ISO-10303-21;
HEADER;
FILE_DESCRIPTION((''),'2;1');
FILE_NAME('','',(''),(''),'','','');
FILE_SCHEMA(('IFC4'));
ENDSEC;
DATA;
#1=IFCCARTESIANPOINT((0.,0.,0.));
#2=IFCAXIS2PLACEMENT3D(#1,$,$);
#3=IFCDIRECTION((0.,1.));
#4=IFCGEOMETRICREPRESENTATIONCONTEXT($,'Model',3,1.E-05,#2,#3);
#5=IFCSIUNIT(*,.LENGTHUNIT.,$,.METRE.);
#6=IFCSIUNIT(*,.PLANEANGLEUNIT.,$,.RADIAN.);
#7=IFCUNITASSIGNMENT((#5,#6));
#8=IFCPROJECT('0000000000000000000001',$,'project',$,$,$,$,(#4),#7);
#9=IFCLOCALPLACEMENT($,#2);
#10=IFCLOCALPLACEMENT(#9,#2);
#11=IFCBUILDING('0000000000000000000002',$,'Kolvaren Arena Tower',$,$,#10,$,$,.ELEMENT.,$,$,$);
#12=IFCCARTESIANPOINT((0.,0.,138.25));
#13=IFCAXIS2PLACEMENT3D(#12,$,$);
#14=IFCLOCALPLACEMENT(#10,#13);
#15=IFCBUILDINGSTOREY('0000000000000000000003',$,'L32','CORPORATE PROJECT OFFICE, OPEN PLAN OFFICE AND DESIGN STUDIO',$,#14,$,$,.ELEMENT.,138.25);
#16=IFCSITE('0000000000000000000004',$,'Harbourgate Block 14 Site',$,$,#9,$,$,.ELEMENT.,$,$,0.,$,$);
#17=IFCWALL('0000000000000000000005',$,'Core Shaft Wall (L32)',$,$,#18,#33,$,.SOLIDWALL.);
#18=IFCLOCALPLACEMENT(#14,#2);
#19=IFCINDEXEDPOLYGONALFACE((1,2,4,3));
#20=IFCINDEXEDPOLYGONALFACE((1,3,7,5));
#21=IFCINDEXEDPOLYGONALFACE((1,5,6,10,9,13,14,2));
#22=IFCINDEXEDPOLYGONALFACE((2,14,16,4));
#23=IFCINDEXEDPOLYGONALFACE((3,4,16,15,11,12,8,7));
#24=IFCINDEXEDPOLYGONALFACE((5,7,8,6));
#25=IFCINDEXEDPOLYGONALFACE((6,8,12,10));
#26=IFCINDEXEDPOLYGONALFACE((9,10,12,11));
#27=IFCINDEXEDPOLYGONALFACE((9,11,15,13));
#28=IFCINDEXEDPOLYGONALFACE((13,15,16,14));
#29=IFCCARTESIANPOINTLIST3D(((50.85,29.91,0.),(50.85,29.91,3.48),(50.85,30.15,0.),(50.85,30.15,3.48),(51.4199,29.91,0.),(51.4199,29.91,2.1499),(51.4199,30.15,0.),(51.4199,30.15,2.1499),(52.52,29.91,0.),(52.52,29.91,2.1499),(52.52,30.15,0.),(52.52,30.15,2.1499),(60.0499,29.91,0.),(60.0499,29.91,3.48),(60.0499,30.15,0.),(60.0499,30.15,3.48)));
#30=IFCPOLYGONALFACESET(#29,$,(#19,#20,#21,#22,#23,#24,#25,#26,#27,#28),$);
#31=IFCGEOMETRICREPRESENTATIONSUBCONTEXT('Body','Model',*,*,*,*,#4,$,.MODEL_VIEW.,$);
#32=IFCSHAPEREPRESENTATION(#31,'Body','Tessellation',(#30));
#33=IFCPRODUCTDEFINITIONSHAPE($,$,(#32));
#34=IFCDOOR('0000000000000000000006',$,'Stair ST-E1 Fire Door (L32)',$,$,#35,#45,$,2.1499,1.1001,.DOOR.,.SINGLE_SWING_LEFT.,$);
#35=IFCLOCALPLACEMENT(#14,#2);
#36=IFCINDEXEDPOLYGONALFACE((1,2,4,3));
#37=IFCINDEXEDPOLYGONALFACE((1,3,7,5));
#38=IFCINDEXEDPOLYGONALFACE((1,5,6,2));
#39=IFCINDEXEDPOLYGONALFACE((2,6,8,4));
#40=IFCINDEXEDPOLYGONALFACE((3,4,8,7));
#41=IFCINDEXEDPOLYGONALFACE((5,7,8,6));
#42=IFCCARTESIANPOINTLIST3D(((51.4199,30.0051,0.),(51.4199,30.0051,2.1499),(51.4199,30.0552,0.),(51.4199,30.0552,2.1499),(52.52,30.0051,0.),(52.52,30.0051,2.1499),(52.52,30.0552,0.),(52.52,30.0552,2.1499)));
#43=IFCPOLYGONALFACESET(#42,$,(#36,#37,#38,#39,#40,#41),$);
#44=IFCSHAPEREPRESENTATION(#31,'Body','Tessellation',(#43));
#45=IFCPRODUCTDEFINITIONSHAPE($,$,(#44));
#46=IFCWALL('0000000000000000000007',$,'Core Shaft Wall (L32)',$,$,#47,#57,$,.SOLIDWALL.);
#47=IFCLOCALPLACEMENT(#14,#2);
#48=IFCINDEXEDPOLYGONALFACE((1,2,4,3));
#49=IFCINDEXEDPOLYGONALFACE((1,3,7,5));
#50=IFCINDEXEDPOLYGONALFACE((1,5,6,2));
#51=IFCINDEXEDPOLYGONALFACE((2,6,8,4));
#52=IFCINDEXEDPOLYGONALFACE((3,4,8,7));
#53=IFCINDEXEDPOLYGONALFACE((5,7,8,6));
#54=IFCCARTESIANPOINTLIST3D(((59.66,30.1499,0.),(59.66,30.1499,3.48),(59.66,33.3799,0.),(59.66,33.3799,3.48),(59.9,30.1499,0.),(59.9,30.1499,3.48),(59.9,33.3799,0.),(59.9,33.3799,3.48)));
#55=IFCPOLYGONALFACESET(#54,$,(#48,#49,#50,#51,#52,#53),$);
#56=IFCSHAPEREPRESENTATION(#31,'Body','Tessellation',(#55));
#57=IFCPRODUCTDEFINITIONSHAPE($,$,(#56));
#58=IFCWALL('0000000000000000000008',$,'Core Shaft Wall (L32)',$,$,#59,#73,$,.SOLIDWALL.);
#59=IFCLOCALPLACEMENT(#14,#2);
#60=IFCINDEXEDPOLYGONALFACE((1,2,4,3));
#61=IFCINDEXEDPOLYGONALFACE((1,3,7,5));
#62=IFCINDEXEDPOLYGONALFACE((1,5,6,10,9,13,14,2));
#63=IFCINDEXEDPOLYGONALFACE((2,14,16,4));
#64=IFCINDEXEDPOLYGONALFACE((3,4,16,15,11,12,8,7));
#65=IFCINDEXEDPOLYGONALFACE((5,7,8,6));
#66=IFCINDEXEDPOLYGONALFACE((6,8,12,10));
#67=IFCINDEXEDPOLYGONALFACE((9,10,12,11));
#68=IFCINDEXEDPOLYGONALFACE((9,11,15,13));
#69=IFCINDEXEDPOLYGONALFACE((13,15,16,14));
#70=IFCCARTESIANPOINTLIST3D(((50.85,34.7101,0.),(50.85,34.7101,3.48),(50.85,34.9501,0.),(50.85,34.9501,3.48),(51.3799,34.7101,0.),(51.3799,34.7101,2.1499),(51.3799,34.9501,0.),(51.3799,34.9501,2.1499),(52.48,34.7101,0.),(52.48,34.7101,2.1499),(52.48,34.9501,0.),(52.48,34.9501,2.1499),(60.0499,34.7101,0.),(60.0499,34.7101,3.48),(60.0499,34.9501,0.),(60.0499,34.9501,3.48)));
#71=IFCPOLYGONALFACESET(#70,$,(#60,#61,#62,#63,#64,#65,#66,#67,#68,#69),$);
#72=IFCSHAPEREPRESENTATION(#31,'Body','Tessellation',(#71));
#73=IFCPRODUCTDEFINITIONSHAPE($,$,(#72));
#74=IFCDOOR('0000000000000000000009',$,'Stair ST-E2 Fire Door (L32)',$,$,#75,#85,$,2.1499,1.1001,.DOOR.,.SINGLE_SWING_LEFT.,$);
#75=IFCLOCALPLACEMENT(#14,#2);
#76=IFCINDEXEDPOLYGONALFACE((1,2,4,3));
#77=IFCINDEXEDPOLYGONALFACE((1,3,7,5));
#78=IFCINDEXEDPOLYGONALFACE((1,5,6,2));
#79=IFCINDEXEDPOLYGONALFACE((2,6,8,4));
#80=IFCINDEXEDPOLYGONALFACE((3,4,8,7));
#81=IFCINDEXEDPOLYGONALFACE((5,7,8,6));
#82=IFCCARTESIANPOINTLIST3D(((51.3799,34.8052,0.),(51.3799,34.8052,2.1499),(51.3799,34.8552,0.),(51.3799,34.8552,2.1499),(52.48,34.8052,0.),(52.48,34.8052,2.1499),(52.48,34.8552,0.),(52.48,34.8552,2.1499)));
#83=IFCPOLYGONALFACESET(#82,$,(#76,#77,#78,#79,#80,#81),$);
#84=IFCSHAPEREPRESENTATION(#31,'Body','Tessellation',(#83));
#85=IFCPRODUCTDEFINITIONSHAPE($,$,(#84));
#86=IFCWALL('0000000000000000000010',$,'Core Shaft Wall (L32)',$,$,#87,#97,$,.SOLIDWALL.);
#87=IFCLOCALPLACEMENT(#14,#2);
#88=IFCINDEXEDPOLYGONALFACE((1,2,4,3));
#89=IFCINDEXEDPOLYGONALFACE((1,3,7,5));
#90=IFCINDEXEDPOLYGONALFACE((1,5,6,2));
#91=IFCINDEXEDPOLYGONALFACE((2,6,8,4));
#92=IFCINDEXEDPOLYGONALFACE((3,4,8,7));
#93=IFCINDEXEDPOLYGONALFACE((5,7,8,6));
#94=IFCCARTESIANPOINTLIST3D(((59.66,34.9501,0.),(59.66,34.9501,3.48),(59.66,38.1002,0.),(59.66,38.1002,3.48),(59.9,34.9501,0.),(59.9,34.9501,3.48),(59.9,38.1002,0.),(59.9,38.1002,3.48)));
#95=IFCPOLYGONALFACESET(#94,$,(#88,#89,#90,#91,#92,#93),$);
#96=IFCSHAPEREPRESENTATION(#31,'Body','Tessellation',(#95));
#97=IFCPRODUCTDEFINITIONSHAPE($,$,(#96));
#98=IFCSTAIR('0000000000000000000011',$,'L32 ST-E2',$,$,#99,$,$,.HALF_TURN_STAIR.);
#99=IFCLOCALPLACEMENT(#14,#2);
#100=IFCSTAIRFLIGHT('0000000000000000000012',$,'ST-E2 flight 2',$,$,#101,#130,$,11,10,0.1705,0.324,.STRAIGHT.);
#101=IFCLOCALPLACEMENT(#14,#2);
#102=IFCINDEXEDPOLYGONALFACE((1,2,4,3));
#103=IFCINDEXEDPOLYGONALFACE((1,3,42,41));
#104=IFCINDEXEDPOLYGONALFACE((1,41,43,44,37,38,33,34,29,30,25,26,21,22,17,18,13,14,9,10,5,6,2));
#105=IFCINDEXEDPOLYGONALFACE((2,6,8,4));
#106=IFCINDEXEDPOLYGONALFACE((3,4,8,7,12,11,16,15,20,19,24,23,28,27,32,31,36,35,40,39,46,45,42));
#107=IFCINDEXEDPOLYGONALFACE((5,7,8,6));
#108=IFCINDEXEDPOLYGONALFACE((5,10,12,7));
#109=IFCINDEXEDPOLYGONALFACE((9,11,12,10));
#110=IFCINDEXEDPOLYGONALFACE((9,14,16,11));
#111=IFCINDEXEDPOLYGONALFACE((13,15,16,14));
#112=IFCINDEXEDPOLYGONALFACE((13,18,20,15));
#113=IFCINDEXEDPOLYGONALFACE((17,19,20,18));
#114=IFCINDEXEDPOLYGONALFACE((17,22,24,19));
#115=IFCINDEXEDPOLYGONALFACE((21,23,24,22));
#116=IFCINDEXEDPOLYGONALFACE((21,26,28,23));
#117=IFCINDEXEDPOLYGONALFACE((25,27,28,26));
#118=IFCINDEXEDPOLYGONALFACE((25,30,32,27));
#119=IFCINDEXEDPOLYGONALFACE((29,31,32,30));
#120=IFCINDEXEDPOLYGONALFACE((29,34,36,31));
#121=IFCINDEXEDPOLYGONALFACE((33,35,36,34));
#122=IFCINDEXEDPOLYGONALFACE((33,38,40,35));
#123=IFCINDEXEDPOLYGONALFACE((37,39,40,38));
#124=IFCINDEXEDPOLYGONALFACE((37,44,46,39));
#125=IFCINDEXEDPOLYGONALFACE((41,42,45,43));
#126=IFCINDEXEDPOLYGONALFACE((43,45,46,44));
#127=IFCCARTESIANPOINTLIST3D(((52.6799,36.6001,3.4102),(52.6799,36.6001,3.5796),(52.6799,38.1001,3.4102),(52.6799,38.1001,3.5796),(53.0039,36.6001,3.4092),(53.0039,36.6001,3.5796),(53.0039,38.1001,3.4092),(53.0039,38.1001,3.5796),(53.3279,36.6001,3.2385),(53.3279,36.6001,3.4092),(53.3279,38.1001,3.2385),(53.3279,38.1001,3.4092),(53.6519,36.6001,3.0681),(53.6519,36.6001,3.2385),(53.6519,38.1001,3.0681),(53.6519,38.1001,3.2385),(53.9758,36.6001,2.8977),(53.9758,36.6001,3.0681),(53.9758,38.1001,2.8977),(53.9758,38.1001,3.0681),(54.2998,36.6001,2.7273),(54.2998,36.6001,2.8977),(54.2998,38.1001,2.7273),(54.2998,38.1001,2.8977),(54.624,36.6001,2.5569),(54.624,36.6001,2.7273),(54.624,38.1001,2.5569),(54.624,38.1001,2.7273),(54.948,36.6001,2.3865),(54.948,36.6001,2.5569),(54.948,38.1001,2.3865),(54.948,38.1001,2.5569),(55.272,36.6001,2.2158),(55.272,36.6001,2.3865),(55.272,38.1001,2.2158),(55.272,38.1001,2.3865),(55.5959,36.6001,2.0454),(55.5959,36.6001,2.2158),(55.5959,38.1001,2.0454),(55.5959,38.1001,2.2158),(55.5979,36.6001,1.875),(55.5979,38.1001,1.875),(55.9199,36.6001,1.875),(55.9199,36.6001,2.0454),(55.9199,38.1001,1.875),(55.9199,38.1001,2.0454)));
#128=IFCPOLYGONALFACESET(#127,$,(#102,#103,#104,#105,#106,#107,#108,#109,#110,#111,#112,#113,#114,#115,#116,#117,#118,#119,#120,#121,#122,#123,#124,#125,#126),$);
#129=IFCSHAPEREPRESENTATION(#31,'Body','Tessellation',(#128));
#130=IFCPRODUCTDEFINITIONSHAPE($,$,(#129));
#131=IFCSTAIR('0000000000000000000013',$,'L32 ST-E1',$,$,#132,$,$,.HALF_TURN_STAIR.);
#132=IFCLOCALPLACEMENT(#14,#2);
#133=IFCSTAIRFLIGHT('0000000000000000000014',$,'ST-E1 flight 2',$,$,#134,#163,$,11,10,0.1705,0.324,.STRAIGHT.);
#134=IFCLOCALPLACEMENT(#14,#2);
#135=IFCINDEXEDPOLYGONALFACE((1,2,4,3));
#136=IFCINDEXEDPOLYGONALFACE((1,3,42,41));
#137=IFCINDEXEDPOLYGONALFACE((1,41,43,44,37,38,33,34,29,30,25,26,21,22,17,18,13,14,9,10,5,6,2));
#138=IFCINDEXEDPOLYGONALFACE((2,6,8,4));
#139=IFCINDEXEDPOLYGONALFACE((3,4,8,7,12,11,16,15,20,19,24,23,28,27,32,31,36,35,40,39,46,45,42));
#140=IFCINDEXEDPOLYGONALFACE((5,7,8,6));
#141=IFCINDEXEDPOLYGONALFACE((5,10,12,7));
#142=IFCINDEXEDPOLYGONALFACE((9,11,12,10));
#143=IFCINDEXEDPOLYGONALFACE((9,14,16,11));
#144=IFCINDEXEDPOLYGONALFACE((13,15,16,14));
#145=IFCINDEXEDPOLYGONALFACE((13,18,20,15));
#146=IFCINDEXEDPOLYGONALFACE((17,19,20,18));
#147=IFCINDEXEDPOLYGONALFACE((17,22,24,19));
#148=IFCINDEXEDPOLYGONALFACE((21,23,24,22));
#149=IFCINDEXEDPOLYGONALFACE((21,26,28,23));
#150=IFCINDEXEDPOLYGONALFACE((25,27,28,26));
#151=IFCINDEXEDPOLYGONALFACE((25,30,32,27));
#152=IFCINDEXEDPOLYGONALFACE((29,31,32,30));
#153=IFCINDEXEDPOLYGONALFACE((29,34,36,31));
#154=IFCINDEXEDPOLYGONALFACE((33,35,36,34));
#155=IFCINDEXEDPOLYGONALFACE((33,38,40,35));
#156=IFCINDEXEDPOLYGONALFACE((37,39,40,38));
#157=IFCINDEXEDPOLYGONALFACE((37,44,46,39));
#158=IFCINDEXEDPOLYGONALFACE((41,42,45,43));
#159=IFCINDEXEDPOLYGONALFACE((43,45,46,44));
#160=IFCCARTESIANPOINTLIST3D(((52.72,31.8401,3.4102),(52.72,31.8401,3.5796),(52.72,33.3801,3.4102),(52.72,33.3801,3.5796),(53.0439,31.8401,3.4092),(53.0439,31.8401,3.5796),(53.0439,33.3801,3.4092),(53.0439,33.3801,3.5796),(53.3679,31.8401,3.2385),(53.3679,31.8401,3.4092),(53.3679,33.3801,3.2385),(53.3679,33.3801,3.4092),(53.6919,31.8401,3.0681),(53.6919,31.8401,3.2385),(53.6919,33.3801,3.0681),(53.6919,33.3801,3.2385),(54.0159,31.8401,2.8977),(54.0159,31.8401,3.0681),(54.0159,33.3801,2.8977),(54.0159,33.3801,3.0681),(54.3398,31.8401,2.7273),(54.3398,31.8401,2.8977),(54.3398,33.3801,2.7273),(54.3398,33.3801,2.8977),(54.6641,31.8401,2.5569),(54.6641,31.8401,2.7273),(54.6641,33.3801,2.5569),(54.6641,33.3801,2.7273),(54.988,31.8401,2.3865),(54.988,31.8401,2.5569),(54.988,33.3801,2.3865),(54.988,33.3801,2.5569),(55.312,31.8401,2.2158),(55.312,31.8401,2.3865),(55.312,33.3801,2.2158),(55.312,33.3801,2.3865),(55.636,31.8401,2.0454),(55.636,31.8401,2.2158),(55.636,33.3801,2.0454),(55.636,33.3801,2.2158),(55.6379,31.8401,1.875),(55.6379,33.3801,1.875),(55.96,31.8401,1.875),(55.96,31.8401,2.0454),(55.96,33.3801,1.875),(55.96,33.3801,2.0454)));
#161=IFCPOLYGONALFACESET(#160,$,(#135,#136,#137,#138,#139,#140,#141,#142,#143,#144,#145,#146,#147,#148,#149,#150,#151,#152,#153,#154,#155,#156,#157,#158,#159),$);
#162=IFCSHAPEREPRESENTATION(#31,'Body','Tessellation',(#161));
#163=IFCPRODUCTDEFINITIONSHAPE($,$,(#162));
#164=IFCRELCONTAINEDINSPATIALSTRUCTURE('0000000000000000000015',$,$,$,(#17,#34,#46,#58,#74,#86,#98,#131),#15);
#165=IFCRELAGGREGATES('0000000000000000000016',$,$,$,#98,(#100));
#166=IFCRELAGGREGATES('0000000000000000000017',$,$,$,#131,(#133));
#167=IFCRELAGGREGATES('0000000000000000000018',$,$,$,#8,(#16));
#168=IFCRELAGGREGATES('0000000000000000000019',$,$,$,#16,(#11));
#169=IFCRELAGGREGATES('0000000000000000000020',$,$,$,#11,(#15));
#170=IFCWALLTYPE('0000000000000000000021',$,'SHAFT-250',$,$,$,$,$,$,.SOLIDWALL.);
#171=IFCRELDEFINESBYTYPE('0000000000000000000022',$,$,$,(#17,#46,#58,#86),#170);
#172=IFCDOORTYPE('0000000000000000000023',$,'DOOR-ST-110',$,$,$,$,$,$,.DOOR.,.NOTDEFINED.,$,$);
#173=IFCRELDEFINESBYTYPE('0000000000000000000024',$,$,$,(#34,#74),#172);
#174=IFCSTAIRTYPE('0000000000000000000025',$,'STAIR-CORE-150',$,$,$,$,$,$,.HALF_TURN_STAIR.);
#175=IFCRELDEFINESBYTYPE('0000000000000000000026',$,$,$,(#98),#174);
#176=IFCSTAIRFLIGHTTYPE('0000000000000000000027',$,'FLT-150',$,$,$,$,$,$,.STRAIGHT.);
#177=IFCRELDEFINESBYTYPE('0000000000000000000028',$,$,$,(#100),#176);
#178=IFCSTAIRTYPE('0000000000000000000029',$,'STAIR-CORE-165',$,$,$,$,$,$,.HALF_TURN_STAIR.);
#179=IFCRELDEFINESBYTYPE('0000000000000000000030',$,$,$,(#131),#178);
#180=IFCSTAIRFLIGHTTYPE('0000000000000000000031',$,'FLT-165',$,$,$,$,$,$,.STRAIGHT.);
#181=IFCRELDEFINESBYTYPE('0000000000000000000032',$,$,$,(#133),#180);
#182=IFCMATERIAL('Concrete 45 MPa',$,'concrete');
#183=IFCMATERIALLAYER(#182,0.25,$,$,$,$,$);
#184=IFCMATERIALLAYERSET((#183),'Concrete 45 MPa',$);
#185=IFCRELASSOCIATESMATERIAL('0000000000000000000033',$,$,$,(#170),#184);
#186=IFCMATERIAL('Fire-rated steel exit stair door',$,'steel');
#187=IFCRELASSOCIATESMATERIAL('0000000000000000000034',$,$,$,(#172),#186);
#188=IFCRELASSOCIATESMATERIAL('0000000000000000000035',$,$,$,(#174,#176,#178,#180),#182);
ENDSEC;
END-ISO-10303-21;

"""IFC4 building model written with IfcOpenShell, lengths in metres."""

from ifc_helpers import new_model, si_unit, direction, frame, frame_2d, origin, place, context, subcontext, project, spatial, polyline, rectangle, outline, extrude, material, layer, layer_set, type_object, element, fill, aggregate, save


model = new_model("IFC4")

# Units and contexts
model_context = context("Model", 3, precision=1e-05, world=origin(), true_north=direction((0.0, 1.0)))
body_context = subcontext(model_context, "Body", "Model", "MODEL_VIEW")
ifc_project = project(units=[si_unit("LENGTHUNIT", "METRE"), si_unit("PLANEANGLEUNIT", "RADIAN")], contexts=[model_context])

# Site, building, storey
site_placement = place(None, origin())
site = spatial("IfcSite", under=ifc_project, at=site_placement, Name="Harbourgate Block 14 Site", CompositionType="ELEMENT", RefElevation=0.0)
building_placement = place(site_placement, origin())
building = spatial("IfcBuilding", under=site, at=building_placement, Name="Kolvaren Arena Tower", CompositionType="ELEMENT")
storey_placement = place(building_placement, frame((0.0, 0.0, 138.25)))
storey = spatial("IfcBuildingStorey", under=building, at=storey_placement, Name="L32", Description="CORPORATE PROJECT OFFICE, OPEN PLAN OFFICE AND DESIGN STUDIO", CompositionType="ELEMENT", Elevation=138.25)

# Wall, opening, door
ifc_material_1 = material(Name="Concrete 45 MPa", Category="concrete")
ifc_layer = layer(ifc_material_1, 0.25)
ifc_layer_set = layer_set([ifc_layer], Name="Concrete 45 MPa")
wall_type = type_object("IfcWallType", Name="SHAFT-250", PredefinedType="SOLIDWALL", material=ifc_layer_set)
wall_1_placement = place(storey_placement, frame((60.05, 30.03, 0.0), z_axis=(0.0, 0.0, 1.0), x_axis=(-1.0, 0.0, 0.0)))
wall_1 = element("IfcWall", 1, at=wall_1_placement, inside=storey, type_object=wall_type, Name="Core Shaft Wall (L32)", PredefinedType="SOLIDWALL", context=body_context, shape_type="SweptSolid", body=[
    extrude(rectangle(XDim=9.2, YDim=0.24, at=frame_2d((4.6001, 0.0))), origin(), (0.0, 0.0, 1.0), 3.48),
])
opening_1_placement = place(wall_1_placement, frame((7.53, 0.0, 0.0)))
opening_1 = element("IfcOpeningElement", 2, at=opening_1_placement, cuts=wall_1, PredefinedType="OPENING", context=body_context, shape_type="SweptSolid", body=[
    extrude(rectangle(XDim=1.1001, YDim=2.1499, at=frame_2d((0.55, 1.075))), frame((0.0, 0.1299, 0.0), z_axis=(0.0, -1.0, 0.0), x_axis=(1.0, 0.0, 0.0)), (0.0, 0.0, 1.0), 0.26),
])
ifc_material_2 = material(Name="Fire-rated steel exit stair door", Category="steel")
door_type = type_object("IfcDoorType", Name="DOOR-ST-110", OperationType="NOTDEFINED", PredefinedType="DOOR", material=ifc_material_2)
door_1_placement = place(opening_1_placement, origin())
door_1 = element("IfcDoor", 3, at=door_1_placement, inside=storey, type_object=door_type, Name="Stair ST-E1 Fire Door (L32)", OperationType="SINGLE_SWING_LEFT", OverallHeight=2.1499, OverallWidth=1.1001, PredefinedType="DOOR", context=body_context, shape_type="SweptSolid", body=[
    extrude(rectangle(XDim=1.1001, YDim=2.1499, at=frame_2d((0.55, 1.075))), frame((0.0, 0.0249, 0.0), z_axis=(0.0, -1.0, 0.0), x_axis=(1.0, 0.0, 0.0)), (0.0, 0.0, 1.0), 0.05),
])
fill(opening_1, door_1)

# Wall
wall_2_placement = place(storey_placement, frame((59.78, 30.1499, 0.0), z_axis=(0.0, 0.0, 1.0), x_axis=(0.0, 1.0, 0.0)))
element("IfcWall", 4, at=wall_2_placement, inside=storey, type_object=wall_type, Name="Core Shaft Wall (L32)", PredefinedType="SOLIDWALL", context=body_context, shape_type="SweptSolid", body=[
    extrude(rectangle(XDim=3.23, YDim=0.24, at=frame_2d((1.615, 0.0))), origin(), (0.0, 0.0, 1.0), 3.48),
])

# Wall, opening, door
wall_3_placement = place(storey_placement, frame((60.05, 34.8301, 0.0), z_axis=(0.0, 0.0, 1.0), x_axis=(-1.0, 0.0, 0.0)))
wall_3 = element("IfcWall", 5, at=wall_3_placement, inside=storey, type_object=wall_type, Name="Core Shaft Wall (L32)", PredefinedType="SOLIDWALL", context=body_context, shape_type="SweptSolid", body=[
    extrude(rectangle(XDim=9.2, YDim=0.24, at=frame_2d((4.6001, 0.0))), origin(), (0.0, 0.0, 1.0), 3.48),
])
opening_2_placement = place(wall_3_placement, frame((7.5701, 0.0, 0.0)))
opening_2 = element("IfcOpeningElement", 6, at=opening_2_placement, cuts=wall_3, PredefinedType="OPENING", context=body_context, shape_type="SweptSolid", body=[
    extrude(rectangle(XDim=1.1001, YDim=2.1499, at=frame_2d((0.55, 1.075))), frame((0.0, 0.1299, 0.0), z_axis=(0.0, -1.0, 0.0), x_axis=(1.0, 0.0, 0.0)), (0.0, 0.0, 1.0), 0.26),
])
door_2_placement = place(opening_2_placement, origin())
door_2 = element("IfcDoor", 7, at=door_2_placement, inside=storey, type_object=door_type, Name="Stair ST-E2 Fire Door (L32)", OperationType="SINGLE_SWING_LEFT", OverallHeight=2.1499, OverallWidth=1.1001, PredefinedType="DOOR", context=body_context, shape_type="SweptSolid", body=[
    extrude(rectangle(XDim=1.1001, YDim=2.1499, at=frame_2d((0.55, 1.075))), frame((0.0, 0.0249, 0.0), z_axis=(0.0, -1.0, 0.0), x_axis=(1.0, 0.0, 0.0)), (0.0, 0.0, 1.0), 0.05),
])
fill(opening_2, door_2)

# Wall
wall_4_placement = place(storey_placement, frame((59.78, 34.95, 0.0), z_axis=(0.0, 0.0, 1.0), x_axis=(0.0, 1.0, 0.0)))
element("IfcWall", 8, at=wall_4_placement, inside=storey, type_object=wall_type, Name="Core Shaft Wall (L32)", PredefinedType="SOLIDWALL", context=body_context, shape_type="SweptSolid", body=[
    extrude(rectangle(XDim=3.1501, YDim=0.24, at=frame_2d((1.5752, 0.0))), origin(), (0.0, 0.0, 1.0), 3.48),
])

# Stairs, stair flights
stair_type_1 = type_object("IfcStairType", Name="STAIR-CORE-150", PredefinedType="HALF_TURN_STAIR", material=ifc_material_1)
stair_1_placement = place(storey_placement, origin())
stair_1 = element("IfcStair", 9, at=stair_1_placement, inside=storey, type_object=stair_type_1, Name="L32 ST-E2", PredefinedType="HALF_TURN_STAIR")
stair_flight_type_1 = type_object("IfcStairFlightType", Name="FLT-150", PredefinedType="STRAIGHT", material=ifc_material_1)
stair_flight_1_placement = place(storey_placement, frame((55.9199, 37.3501, 1.875), z_axis=(0.0, 0.0, 1.0), x_axis=(-1.0, 0.0, 0.0)))
stair_flight_1 = element("IfcStairFlight", 10, at=stair_flight_1_placement, type_object=stair_flight_type_1, Name="ST-E2 flight 2", NumberOfRisers=11, NumberOfTreads=10, PredefinedType="STRAIGHT", RiserHeight=0.1705, TreadLength=0.324, context=body_context, shape_type="SweptSolid", body=[
    extrude(outline(polyline([(0.0, 0.0), (0.0, 0.1704), (0.324, 0.1704), (0.324, 0.3408), (0.6479, 0.3408), (0.6479, 0.5115), (0.9719, 0.5115), (0.9719, 0.6819), (1.2959, 0.6819), (1.2959, 0.8523), (1.6201, 0.8523), (1.6201, 1.0227), (1.9441, 1.0227), (1.9441, 1.1931), (2.2681, 1.1931), (2.2681, 1.3635), (2.592, 1.3635), (2.592, 1.5342), (2.916, 1.5342), (2.916, 1.7046), (3.24, 1.7046), (3.24, 1.875), (3.24, 1.5352), (0.322, 0.0), (0.0, 0.0)])), frame((0.0, 0.75, 0.0), z_axis=(0.0, -1.0, 0.0), x_axis=(1.0, 0.0, 0.0)), (0.0, 0.0, 1.0), 1.5),
])
aggregate(stair_1, [stair_flight_1])
stair_type_2 = type_object("IfcStairType", Name="STAIR-CORE-165", PredefinedType="HALF_TURN_STAIR", material=ifc_material_1)
stair_2_placement = place(storey_placement, origin())
stair_2 = element("IfcStair", 11, at=stair_2_placement, inside=storey, type_object=stair_type_2, Name="L32 ST-E1", PredefinedType="HALF_TURN_STAIR")
stair_flight_type_2 = type_object("IfcStairFlightType", Name="FLT-165", PredefinedType="STRAIGHT", material=ifc_material_1)
stair_flight_2_placement = place(storey_placement, frame((55.96, 32.6101, 1.875), z_axis=(0.0, 0.0, 1.0), x_axis=(-1.0, 0.0, 0.0)))
stair_flight_2 = element("IfcStairFlight", 12, at=stair_flight_2_placement, type_object=stair_flight_type_2, Name="ST-E1 flight 2", NumberOfRisers=11, NumberOfTreads=10, PredefinedType="STRAIGHT", RiserHeight=0.1705, TreadLength=0.324, context=body_context, shape_type="SweptSolid", body=[
    extrude(outline(polyline([(0.0, 0.0), (0.0, 0.1704), (0.324, 0.1704), (0.324, 0.3408), (0.6479, 0.3408), (0.6479, 0.5115), (0.9719, 0.5115), (0.9719, 0.6819), (1.2959, 0.6819), (1.2959, 0.8523), (1.6201, 0.8523), (1.6201, 1.0227), (1.9441, 1.0227), (1.9441, 1.1931), (2.2681, 1.1931), (2.2681, 1.3635), (2.592, 1.3635), (2.592, 1.5342), (2.916, 1.5342), (2.916, 1.7046), (3.24, 1.7046), (3.24, 1.875), (3.24, 1.5352), (0.322, 0.0), (0.0, 0.0)])), frame((0.0, 0.77, 0.0), z_axis=(0.0, -1.0, 0.0), x_axis=(1.0, 0.0, 0.0)), (0.0, 0.0, 1.0), 1.54),
])
aggregate(stair_2, [stair_flight_2])

save(model, "model.ifc")
